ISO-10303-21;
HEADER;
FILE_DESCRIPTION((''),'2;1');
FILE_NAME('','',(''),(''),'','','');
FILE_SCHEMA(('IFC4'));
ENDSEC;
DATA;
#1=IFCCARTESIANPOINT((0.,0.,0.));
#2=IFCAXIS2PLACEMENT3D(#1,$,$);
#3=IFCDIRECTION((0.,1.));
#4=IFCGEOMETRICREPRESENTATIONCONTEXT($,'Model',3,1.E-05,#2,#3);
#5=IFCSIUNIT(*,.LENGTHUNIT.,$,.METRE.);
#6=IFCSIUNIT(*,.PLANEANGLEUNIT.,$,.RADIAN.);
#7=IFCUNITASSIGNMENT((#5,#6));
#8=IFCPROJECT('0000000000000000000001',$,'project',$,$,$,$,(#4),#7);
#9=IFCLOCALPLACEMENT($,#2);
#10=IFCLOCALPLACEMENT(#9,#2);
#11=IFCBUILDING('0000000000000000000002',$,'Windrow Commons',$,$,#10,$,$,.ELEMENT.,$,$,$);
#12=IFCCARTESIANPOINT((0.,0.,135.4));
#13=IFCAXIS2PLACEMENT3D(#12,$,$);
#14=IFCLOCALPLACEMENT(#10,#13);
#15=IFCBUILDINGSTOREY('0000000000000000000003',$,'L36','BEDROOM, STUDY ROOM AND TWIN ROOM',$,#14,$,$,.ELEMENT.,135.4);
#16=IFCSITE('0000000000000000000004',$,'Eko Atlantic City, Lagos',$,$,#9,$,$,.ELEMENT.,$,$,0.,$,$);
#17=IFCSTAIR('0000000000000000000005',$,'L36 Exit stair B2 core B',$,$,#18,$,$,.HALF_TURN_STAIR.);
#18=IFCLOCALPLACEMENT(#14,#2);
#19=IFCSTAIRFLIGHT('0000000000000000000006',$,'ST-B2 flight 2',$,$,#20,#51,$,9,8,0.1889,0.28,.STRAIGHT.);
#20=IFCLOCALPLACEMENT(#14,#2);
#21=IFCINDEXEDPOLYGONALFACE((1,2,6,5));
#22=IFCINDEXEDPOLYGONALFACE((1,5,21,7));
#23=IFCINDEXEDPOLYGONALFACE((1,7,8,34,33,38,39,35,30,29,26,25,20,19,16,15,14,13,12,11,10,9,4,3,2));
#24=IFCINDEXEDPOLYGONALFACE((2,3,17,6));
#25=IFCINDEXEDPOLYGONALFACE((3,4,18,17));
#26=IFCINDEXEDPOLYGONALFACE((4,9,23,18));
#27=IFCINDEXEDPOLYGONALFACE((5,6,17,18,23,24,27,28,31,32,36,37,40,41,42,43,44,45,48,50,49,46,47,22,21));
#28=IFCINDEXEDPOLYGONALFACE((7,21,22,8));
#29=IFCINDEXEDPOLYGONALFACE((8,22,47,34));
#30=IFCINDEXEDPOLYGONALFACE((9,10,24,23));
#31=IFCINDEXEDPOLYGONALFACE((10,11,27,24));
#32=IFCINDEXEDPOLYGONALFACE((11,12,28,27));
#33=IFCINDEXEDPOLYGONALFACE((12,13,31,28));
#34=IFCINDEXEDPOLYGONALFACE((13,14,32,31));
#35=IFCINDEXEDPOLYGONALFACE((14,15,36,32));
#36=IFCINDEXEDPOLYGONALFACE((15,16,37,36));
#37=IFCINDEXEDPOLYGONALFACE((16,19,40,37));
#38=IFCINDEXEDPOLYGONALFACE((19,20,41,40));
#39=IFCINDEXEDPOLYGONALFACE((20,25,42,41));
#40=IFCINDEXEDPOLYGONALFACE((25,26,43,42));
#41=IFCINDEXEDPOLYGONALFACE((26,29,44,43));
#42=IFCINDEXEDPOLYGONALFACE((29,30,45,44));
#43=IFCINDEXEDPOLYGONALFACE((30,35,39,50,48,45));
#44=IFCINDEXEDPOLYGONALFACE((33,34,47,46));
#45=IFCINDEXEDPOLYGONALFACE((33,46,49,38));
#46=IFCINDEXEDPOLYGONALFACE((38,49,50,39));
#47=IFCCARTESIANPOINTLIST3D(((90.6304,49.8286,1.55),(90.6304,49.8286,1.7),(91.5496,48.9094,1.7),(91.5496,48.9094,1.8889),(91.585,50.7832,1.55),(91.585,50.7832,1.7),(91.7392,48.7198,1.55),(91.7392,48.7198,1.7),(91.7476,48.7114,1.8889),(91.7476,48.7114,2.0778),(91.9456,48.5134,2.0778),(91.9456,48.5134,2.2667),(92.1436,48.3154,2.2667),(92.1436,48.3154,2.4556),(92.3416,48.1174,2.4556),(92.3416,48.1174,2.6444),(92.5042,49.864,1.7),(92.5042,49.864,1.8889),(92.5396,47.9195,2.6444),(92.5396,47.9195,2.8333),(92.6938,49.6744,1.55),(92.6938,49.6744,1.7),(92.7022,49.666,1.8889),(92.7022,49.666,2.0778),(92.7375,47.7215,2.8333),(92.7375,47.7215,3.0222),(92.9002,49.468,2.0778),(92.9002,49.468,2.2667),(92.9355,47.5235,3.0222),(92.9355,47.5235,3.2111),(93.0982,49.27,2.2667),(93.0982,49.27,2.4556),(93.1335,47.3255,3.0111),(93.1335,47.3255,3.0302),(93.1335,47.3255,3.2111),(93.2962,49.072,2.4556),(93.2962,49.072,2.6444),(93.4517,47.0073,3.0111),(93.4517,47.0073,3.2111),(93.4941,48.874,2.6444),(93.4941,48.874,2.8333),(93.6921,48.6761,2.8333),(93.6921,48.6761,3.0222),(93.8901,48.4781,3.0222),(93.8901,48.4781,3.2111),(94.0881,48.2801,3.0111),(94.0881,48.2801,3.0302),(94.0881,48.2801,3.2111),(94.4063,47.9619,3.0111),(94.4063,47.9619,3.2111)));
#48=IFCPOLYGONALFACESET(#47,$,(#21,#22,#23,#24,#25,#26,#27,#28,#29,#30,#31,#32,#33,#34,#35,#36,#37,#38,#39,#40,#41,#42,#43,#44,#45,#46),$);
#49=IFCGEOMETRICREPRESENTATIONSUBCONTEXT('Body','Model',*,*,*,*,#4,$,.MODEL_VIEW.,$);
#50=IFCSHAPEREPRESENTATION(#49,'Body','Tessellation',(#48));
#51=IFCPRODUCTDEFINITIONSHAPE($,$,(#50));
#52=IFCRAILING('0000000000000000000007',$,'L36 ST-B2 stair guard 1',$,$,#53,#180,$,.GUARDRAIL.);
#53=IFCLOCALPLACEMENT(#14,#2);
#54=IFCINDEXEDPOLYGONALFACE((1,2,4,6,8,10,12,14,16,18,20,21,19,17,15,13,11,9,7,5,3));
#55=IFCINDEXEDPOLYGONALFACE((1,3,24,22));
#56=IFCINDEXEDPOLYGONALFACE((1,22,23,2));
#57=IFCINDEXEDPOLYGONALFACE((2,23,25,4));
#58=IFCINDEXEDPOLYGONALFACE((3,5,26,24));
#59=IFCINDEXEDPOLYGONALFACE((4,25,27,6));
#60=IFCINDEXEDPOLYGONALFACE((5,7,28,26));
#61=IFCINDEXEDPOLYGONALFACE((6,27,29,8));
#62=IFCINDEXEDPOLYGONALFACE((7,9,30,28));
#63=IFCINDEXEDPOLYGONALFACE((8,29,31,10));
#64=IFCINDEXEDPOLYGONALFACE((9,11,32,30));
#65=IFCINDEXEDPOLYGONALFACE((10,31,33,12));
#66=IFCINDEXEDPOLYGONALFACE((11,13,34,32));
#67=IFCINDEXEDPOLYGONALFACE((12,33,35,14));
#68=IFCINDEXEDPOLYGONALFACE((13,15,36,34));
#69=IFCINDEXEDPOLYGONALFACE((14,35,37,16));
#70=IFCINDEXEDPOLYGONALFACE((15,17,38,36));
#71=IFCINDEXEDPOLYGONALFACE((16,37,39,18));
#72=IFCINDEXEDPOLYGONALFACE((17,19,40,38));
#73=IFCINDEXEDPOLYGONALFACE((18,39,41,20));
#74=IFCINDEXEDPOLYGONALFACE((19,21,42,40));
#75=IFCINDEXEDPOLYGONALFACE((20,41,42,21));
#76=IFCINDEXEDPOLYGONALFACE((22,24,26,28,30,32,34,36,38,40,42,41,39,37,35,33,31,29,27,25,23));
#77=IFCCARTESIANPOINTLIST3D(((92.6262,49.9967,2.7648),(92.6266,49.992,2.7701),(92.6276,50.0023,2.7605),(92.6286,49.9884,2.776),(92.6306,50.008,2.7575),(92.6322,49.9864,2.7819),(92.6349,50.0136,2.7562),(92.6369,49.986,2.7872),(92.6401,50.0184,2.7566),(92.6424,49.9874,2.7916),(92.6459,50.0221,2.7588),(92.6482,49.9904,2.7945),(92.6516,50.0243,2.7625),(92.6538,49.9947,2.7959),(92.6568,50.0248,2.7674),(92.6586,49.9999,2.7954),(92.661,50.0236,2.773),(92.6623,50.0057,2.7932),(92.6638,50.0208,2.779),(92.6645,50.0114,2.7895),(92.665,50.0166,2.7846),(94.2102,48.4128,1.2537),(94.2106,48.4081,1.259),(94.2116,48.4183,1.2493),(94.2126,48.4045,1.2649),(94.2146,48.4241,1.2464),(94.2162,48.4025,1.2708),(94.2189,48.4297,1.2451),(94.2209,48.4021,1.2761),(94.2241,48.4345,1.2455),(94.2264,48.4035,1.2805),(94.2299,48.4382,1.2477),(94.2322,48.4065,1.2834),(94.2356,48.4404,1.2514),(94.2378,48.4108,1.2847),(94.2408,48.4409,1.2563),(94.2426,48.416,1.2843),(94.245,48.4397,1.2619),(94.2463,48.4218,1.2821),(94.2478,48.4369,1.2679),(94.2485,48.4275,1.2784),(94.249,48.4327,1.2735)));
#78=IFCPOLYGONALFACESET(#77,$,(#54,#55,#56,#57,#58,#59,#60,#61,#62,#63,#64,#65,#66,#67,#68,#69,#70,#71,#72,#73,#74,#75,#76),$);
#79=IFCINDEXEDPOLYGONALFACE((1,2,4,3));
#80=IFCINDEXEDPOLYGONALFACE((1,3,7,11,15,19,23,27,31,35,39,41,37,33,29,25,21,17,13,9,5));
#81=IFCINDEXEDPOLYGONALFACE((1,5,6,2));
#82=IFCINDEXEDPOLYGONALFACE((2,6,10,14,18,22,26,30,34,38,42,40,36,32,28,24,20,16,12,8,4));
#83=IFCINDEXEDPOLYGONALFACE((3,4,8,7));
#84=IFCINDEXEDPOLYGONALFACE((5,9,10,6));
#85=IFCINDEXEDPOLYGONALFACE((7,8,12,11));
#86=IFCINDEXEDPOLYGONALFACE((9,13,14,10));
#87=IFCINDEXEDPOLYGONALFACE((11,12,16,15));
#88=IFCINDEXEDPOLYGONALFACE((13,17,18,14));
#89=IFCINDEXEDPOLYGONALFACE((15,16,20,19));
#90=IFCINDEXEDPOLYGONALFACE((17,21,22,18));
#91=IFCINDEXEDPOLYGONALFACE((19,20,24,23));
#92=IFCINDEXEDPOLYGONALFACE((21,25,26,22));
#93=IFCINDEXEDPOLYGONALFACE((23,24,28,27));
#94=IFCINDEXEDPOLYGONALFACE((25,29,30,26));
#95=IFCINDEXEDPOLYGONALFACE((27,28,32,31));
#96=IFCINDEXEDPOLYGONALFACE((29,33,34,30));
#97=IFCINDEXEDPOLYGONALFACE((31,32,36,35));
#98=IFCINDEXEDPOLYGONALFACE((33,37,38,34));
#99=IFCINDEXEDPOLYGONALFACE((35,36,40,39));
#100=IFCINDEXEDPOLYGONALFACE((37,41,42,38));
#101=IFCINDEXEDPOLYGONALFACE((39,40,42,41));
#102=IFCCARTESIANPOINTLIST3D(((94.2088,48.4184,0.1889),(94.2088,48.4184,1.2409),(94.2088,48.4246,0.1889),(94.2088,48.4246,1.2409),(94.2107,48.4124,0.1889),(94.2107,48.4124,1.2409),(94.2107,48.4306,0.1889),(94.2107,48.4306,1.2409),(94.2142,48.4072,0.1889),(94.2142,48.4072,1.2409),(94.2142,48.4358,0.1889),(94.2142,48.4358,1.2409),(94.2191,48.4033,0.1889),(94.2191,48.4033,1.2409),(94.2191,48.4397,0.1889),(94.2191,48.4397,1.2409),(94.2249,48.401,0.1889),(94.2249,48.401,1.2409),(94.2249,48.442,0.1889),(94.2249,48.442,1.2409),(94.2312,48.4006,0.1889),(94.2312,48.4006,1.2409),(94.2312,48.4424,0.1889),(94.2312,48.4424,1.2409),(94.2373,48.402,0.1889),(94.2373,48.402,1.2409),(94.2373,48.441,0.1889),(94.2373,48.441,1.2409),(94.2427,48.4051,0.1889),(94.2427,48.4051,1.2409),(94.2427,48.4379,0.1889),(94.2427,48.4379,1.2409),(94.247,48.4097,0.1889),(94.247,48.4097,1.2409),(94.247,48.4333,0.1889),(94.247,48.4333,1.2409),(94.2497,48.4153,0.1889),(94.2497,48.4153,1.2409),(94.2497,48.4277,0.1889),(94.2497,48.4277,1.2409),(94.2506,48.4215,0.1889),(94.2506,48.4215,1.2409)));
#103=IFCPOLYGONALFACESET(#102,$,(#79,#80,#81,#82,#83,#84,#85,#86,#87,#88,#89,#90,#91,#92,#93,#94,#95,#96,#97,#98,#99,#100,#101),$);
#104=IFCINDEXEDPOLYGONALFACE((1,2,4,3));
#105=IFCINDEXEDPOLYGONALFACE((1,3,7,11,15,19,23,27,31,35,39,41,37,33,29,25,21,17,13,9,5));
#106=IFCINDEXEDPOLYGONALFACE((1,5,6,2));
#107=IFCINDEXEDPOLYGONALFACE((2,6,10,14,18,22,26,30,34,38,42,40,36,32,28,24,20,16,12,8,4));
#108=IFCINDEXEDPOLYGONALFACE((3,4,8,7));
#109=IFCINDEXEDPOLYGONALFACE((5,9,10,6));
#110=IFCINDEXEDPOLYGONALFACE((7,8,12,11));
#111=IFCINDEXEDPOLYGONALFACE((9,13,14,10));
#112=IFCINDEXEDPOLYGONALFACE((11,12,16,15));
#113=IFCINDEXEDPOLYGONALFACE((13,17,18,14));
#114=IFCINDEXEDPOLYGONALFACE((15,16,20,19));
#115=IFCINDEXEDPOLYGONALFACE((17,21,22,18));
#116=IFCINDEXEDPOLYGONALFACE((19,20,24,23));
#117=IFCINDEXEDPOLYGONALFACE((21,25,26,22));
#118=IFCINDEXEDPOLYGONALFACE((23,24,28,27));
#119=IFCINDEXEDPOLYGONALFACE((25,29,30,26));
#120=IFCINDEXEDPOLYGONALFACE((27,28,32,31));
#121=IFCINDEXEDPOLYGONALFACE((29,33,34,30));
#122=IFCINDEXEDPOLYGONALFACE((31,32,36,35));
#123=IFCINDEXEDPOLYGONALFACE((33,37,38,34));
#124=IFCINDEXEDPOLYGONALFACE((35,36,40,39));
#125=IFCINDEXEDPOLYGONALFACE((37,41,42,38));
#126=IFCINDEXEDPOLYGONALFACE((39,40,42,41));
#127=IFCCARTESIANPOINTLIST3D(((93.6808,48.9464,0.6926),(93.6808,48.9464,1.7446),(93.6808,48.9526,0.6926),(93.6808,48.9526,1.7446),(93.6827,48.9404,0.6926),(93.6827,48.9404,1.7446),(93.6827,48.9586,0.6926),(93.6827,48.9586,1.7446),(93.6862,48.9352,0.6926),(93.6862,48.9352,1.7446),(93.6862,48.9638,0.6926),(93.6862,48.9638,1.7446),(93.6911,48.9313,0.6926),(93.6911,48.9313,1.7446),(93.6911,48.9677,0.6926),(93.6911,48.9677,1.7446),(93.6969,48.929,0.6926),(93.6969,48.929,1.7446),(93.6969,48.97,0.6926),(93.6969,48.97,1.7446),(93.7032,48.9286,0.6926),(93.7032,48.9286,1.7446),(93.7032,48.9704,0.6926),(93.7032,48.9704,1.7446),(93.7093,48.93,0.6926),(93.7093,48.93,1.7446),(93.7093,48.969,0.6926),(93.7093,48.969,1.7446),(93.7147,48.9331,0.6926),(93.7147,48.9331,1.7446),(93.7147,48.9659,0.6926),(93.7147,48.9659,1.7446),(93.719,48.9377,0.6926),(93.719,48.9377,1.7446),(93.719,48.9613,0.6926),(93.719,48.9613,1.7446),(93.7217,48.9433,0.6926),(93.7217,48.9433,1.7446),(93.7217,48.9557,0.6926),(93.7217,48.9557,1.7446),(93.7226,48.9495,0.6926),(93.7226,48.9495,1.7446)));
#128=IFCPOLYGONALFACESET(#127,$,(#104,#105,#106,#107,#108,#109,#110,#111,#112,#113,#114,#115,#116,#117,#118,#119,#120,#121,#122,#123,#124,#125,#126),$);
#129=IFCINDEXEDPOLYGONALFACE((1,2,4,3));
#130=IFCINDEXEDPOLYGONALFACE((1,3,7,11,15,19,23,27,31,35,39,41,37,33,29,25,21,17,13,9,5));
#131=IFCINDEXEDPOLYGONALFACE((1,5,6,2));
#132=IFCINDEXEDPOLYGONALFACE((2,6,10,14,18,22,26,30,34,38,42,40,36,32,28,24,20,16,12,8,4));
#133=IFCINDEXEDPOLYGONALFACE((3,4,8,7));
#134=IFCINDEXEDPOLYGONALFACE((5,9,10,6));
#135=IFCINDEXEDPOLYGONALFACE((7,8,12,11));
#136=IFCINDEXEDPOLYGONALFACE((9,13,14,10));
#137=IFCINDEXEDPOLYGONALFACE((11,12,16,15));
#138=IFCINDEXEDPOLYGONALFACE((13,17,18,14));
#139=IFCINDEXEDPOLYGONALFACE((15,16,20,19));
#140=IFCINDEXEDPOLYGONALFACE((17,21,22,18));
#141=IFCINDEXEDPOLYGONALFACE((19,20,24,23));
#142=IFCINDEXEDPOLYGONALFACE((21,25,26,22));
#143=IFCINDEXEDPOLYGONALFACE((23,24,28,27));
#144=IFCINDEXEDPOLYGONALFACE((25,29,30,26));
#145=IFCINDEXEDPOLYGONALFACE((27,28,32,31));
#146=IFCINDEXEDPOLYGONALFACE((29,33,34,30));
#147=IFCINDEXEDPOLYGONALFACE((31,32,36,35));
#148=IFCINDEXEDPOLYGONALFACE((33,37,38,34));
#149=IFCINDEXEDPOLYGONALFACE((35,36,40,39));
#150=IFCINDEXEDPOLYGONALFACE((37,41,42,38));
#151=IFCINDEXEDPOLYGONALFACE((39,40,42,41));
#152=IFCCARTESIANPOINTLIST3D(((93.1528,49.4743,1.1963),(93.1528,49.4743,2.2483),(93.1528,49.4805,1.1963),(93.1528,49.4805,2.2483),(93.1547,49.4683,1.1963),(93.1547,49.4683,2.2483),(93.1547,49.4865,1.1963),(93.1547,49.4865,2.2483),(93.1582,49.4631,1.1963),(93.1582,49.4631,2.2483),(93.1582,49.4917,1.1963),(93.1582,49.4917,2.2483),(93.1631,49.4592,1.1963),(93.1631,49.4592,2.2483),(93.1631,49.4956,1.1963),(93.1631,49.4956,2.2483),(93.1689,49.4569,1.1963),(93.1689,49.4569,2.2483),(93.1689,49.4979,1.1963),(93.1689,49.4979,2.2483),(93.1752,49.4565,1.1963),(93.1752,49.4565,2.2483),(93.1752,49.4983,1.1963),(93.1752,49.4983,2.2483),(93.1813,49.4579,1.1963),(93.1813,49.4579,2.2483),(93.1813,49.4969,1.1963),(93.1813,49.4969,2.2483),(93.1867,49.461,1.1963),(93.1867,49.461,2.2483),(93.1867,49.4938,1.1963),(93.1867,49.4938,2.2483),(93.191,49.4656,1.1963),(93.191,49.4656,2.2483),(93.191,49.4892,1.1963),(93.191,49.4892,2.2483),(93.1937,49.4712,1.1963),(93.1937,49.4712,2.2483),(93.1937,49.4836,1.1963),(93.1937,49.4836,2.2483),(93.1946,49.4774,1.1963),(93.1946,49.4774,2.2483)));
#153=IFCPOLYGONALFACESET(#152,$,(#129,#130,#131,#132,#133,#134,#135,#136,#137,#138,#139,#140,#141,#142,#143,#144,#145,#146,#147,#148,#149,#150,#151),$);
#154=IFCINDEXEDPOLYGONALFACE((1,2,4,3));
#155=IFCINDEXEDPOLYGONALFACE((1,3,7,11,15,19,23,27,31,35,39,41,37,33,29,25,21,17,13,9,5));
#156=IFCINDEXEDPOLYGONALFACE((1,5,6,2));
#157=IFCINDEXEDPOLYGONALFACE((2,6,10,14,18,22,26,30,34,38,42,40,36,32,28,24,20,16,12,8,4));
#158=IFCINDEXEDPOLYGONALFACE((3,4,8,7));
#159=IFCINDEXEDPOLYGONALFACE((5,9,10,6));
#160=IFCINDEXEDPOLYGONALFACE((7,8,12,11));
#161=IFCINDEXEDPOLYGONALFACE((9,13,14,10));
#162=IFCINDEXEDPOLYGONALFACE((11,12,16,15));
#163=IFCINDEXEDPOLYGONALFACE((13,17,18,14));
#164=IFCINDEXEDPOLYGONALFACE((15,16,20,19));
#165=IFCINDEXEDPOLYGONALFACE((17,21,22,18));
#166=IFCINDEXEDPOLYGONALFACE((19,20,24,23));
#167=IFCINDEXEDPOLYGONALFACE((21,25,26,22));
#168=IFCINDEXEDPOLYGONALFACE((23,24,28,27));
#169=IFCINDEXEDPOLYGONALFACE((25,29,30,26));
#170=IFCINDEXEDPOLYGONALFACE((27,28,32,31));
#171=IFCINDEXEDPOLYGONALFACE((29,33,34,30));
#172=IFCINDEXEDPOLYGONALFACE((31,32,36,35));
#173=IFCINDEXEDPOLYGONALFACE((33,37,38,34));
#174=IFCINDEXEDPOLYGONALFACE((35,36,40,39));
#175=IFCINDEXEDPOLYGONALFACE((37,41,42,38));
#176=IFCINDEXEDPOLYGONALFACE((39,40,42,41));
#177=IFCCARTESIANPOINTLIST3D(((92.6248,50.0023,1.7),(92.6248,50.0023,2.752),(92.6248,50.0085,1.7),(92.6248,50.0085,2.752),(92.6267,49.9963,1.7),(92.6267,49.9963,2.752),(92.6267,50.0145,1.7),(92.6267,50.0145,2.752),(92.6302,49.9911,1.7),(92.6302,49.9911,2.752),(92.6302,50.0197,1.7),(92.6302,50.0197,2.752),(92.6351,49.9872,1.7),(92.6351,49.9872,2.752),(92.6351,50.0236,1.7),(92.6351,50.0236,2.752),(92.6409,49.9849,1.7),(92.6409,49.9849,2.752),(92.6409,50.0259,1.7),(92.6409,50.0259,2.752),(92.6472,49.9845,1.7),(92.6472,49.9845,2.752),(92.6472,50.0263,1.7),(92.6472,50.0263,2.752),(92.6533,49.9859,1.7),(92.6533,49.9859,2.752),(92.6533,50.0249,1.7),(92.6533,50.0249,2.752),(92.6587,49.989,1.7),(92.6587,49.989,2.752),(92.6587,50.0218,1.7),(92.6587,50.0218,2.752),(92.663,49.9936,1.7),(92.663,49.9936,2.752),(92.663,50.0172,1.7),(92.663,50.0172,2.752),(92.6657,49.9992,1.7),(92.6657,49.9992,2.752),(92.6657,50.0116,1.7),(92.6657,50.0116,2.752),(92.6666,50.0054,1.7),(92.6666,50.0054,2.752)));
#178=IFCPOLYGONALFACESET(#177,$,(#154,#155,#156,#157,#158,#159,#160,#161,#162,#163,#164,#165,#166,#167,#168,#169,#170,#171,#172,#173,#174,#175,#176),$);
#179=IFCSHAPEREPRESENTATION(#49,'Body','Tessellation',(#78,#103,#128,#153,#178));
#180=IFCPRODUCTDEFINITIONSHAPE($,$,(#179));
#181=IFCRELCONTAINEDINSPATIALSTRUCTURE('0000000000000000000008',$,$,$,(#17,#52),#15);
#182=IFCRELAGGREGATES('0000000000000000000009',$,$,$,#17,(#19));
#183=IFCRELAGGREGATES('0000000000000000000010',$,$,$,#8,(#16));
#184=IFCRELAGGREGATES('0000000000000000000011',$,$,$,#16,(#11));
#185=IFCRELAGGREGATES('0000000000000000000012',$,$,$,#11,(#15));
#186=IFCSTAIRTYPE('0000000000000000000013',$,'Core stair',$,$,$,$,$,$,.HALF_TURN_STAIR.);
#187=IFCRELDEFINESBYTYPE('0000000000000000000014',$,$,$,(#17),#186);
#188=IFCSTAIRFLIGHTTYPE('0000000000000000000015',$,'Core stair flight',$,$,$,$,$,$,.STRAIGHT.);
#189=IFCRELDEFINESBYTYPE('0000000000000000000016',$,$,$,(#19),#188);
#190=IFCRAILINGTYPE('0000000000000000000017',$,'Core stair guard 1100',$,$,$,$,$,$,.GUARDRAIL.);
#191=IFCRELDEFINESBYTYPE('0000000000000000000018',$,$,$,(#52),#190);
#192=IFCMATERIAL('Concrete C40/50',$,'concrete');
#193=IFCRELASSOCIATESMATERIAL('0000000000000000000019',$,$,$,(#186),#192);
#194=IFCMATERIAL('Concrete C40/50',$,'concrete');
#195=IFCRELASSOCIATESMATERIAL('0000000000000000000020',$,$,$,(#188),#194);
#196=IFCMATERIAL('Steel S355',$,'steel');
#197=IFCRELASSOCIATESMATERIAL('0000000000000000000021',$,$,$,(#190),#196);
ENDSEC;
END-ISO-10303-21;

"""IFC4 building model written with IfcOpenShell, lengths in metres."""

from ifc_helpers import new_model, si_unit, direction, frame, origin, origin_2d, place, context, subcontext, project, spatial, polyline, circle, outline, extrude, material, type_object, element, aggregate, save


model = new_model("IFC4")

# Units and contexts
model_context = context("Model", 3, precision=1e-05, world=origin(), true_north=direction((0.0, 1.0)))
body_context = subcontext(model_context, "Body", "Model", "MODEL_VIEW")
ifc_project = project(units=[si_unit("LENGTHUNIT", "METRE"), si_unit("PLANEANGLEUNIT", "RADIAN")], contexts=[model_context])

# Site, building, storey
site_placement = place(None, origin())
site = spatial("IfcSite", under=ifc_project, at=site_placement, Name="Eko Atlantic City, Lagos", CompositionType="ELEMENT", RefElevation=0.0)
building_placement = place(site_placement, origin())
building = spatial("IfcBuilding", under=site, at=building_placement, Name="Windrow Commons", CompositionType="ELEMENT")
storey_placement = place(building_placement, frame((0.0, 0.0, 135.4)))
storey = spatial("IfcBuildingStorey", under=building, at=storey_placement, Name="L36", Description="BEDROOM, STUDY ROOM AND TWIN ROOM", CompositionType="ELEMENT", Elevation=135.4)

# Stair, stair flight
ifc_material_1 = material(Name="Concrete C40/50", Category="concrete")
stair_type = type_object("IfcStairType", Name="Core stair", PredefinedType="HALF_TURN_STAIR", material=ifc_material_1)
stair_placement = place(storey_placement, origin())
stair = element("IfcStair", 1, at=stair_placement, inside=storey, type_object=stair_type, Name="L36 Exit stair B2 core B", PredefinedType="HALF_TURN_STAIR")
ifc_material_2 = material(Name="Concrete C40/50", Category="concrete")
stair_flight_type = type_object("IfcStairFlightType", Name="Core stair flight", PredefinedType="STRAIGHT", material=ifc_material_2)
stair_flight_placement = place(storey_placement, frame((92.0269, 49.3867, 1.7), z_axis=(0.0, 0.0, 1.0), x_axis=(0.707107, -0.707107, 0.0)))
stair_flight = element("IfcStairFlight", 2, at=stair_flight_placement, type_object=stair_flight_type, Name="ST-B2 flight 2", NumberOfRisers=9, NumberOfTreads=8, PredefinedType="STRAIGHT", RiserHeight=0.1889, TreadLength=0.28, context=body_context, shape_type="SweptSolid", body=[
    extrude(outline(polyline([(-1.3, -0.15), (-1.3, 0.0), (0.0, 0.0), (0.0, 0.1889), (0.28, 0.1889), (0.28, 0.3778), (0.56, 0.3778), (0.56, 0.5667), (0.84, 0.5667), (0.84, 0.7556), (1.12, 0.7556), (1.12, 0.9444), (1.4, 0.9444), (1.4, 1.1333), (1.68, 1.1333), (1.68, 1.3222), (1.96, 1.3222), (1.96, 1.5111), (2.24, 1.5111), (2.69, 1.5111), (2.69, 1.3111), (2.24, 1.3111), (2.24, 1.3302), (0.2682, 0.0), (0.2682, -0.15), (-1.3, -0.15)])), frame((0.0, 0.675, 0.0), z_axis=(0.0, -1.0, 0.0), x_axis=(1.0, 0.0, 0.0)), (0.0, 0.0, 1.0), 1.35),
])
aggregate(stair, [stair_flight])

# Railing
ifc_material_3 = material(Name="Steel S355", Category="steel")
railing_type_1 = type_object("IfcRailingType", Name="Core stair guard 1100", PredefinedType="GUARDRAIL", material=ifc_material_3)
railing_1_placement = place(storey_placement, frame((94.2296, 48.4215, 0.1889)))
element("IfcRailing", 3, at=railing_1_placement, inside=storey, type_object=railing_type_1, Name="L36 ST-B2 stair guard 1", PredefinedType="GUARDRAIL", context=body_context, shape_type="SweptSolid", body=[
    extrude(circle(Radius=0.024, at=origin_2d()), frame((0.0, 0.0, 1.076), z_axis=(-0.586216, 0.586179, 0.559237), x_axis=(-0.707084, -0.707129, 0.0)), (0.0, 0.0, 1.0), 2.7021),
    extrude(circle(Radius=0.021, at=origin_2d()), origin(), (0.0, 0.0, 1.0), 1.052),
    extrude(circle(Radius=0.021, at=origin_2d()), frame((-0.528, 0.528, 0.5037)), (0.0, 0.0, 1.0), 1.052),
    extrude(circle(Radius=0.021, at=origin_2d()), frame((-1.056, 1.0559, 1.0074)), (0.0, 0.0, 1.0), 1.052),
    extrude(circle(Radius=0.021, at=origin_2d()), frame((-1.584, 1.5839, 1.5111)), (0.0, 0.0, 1.0), 1.052),
])

save(model, "model.ifc")
